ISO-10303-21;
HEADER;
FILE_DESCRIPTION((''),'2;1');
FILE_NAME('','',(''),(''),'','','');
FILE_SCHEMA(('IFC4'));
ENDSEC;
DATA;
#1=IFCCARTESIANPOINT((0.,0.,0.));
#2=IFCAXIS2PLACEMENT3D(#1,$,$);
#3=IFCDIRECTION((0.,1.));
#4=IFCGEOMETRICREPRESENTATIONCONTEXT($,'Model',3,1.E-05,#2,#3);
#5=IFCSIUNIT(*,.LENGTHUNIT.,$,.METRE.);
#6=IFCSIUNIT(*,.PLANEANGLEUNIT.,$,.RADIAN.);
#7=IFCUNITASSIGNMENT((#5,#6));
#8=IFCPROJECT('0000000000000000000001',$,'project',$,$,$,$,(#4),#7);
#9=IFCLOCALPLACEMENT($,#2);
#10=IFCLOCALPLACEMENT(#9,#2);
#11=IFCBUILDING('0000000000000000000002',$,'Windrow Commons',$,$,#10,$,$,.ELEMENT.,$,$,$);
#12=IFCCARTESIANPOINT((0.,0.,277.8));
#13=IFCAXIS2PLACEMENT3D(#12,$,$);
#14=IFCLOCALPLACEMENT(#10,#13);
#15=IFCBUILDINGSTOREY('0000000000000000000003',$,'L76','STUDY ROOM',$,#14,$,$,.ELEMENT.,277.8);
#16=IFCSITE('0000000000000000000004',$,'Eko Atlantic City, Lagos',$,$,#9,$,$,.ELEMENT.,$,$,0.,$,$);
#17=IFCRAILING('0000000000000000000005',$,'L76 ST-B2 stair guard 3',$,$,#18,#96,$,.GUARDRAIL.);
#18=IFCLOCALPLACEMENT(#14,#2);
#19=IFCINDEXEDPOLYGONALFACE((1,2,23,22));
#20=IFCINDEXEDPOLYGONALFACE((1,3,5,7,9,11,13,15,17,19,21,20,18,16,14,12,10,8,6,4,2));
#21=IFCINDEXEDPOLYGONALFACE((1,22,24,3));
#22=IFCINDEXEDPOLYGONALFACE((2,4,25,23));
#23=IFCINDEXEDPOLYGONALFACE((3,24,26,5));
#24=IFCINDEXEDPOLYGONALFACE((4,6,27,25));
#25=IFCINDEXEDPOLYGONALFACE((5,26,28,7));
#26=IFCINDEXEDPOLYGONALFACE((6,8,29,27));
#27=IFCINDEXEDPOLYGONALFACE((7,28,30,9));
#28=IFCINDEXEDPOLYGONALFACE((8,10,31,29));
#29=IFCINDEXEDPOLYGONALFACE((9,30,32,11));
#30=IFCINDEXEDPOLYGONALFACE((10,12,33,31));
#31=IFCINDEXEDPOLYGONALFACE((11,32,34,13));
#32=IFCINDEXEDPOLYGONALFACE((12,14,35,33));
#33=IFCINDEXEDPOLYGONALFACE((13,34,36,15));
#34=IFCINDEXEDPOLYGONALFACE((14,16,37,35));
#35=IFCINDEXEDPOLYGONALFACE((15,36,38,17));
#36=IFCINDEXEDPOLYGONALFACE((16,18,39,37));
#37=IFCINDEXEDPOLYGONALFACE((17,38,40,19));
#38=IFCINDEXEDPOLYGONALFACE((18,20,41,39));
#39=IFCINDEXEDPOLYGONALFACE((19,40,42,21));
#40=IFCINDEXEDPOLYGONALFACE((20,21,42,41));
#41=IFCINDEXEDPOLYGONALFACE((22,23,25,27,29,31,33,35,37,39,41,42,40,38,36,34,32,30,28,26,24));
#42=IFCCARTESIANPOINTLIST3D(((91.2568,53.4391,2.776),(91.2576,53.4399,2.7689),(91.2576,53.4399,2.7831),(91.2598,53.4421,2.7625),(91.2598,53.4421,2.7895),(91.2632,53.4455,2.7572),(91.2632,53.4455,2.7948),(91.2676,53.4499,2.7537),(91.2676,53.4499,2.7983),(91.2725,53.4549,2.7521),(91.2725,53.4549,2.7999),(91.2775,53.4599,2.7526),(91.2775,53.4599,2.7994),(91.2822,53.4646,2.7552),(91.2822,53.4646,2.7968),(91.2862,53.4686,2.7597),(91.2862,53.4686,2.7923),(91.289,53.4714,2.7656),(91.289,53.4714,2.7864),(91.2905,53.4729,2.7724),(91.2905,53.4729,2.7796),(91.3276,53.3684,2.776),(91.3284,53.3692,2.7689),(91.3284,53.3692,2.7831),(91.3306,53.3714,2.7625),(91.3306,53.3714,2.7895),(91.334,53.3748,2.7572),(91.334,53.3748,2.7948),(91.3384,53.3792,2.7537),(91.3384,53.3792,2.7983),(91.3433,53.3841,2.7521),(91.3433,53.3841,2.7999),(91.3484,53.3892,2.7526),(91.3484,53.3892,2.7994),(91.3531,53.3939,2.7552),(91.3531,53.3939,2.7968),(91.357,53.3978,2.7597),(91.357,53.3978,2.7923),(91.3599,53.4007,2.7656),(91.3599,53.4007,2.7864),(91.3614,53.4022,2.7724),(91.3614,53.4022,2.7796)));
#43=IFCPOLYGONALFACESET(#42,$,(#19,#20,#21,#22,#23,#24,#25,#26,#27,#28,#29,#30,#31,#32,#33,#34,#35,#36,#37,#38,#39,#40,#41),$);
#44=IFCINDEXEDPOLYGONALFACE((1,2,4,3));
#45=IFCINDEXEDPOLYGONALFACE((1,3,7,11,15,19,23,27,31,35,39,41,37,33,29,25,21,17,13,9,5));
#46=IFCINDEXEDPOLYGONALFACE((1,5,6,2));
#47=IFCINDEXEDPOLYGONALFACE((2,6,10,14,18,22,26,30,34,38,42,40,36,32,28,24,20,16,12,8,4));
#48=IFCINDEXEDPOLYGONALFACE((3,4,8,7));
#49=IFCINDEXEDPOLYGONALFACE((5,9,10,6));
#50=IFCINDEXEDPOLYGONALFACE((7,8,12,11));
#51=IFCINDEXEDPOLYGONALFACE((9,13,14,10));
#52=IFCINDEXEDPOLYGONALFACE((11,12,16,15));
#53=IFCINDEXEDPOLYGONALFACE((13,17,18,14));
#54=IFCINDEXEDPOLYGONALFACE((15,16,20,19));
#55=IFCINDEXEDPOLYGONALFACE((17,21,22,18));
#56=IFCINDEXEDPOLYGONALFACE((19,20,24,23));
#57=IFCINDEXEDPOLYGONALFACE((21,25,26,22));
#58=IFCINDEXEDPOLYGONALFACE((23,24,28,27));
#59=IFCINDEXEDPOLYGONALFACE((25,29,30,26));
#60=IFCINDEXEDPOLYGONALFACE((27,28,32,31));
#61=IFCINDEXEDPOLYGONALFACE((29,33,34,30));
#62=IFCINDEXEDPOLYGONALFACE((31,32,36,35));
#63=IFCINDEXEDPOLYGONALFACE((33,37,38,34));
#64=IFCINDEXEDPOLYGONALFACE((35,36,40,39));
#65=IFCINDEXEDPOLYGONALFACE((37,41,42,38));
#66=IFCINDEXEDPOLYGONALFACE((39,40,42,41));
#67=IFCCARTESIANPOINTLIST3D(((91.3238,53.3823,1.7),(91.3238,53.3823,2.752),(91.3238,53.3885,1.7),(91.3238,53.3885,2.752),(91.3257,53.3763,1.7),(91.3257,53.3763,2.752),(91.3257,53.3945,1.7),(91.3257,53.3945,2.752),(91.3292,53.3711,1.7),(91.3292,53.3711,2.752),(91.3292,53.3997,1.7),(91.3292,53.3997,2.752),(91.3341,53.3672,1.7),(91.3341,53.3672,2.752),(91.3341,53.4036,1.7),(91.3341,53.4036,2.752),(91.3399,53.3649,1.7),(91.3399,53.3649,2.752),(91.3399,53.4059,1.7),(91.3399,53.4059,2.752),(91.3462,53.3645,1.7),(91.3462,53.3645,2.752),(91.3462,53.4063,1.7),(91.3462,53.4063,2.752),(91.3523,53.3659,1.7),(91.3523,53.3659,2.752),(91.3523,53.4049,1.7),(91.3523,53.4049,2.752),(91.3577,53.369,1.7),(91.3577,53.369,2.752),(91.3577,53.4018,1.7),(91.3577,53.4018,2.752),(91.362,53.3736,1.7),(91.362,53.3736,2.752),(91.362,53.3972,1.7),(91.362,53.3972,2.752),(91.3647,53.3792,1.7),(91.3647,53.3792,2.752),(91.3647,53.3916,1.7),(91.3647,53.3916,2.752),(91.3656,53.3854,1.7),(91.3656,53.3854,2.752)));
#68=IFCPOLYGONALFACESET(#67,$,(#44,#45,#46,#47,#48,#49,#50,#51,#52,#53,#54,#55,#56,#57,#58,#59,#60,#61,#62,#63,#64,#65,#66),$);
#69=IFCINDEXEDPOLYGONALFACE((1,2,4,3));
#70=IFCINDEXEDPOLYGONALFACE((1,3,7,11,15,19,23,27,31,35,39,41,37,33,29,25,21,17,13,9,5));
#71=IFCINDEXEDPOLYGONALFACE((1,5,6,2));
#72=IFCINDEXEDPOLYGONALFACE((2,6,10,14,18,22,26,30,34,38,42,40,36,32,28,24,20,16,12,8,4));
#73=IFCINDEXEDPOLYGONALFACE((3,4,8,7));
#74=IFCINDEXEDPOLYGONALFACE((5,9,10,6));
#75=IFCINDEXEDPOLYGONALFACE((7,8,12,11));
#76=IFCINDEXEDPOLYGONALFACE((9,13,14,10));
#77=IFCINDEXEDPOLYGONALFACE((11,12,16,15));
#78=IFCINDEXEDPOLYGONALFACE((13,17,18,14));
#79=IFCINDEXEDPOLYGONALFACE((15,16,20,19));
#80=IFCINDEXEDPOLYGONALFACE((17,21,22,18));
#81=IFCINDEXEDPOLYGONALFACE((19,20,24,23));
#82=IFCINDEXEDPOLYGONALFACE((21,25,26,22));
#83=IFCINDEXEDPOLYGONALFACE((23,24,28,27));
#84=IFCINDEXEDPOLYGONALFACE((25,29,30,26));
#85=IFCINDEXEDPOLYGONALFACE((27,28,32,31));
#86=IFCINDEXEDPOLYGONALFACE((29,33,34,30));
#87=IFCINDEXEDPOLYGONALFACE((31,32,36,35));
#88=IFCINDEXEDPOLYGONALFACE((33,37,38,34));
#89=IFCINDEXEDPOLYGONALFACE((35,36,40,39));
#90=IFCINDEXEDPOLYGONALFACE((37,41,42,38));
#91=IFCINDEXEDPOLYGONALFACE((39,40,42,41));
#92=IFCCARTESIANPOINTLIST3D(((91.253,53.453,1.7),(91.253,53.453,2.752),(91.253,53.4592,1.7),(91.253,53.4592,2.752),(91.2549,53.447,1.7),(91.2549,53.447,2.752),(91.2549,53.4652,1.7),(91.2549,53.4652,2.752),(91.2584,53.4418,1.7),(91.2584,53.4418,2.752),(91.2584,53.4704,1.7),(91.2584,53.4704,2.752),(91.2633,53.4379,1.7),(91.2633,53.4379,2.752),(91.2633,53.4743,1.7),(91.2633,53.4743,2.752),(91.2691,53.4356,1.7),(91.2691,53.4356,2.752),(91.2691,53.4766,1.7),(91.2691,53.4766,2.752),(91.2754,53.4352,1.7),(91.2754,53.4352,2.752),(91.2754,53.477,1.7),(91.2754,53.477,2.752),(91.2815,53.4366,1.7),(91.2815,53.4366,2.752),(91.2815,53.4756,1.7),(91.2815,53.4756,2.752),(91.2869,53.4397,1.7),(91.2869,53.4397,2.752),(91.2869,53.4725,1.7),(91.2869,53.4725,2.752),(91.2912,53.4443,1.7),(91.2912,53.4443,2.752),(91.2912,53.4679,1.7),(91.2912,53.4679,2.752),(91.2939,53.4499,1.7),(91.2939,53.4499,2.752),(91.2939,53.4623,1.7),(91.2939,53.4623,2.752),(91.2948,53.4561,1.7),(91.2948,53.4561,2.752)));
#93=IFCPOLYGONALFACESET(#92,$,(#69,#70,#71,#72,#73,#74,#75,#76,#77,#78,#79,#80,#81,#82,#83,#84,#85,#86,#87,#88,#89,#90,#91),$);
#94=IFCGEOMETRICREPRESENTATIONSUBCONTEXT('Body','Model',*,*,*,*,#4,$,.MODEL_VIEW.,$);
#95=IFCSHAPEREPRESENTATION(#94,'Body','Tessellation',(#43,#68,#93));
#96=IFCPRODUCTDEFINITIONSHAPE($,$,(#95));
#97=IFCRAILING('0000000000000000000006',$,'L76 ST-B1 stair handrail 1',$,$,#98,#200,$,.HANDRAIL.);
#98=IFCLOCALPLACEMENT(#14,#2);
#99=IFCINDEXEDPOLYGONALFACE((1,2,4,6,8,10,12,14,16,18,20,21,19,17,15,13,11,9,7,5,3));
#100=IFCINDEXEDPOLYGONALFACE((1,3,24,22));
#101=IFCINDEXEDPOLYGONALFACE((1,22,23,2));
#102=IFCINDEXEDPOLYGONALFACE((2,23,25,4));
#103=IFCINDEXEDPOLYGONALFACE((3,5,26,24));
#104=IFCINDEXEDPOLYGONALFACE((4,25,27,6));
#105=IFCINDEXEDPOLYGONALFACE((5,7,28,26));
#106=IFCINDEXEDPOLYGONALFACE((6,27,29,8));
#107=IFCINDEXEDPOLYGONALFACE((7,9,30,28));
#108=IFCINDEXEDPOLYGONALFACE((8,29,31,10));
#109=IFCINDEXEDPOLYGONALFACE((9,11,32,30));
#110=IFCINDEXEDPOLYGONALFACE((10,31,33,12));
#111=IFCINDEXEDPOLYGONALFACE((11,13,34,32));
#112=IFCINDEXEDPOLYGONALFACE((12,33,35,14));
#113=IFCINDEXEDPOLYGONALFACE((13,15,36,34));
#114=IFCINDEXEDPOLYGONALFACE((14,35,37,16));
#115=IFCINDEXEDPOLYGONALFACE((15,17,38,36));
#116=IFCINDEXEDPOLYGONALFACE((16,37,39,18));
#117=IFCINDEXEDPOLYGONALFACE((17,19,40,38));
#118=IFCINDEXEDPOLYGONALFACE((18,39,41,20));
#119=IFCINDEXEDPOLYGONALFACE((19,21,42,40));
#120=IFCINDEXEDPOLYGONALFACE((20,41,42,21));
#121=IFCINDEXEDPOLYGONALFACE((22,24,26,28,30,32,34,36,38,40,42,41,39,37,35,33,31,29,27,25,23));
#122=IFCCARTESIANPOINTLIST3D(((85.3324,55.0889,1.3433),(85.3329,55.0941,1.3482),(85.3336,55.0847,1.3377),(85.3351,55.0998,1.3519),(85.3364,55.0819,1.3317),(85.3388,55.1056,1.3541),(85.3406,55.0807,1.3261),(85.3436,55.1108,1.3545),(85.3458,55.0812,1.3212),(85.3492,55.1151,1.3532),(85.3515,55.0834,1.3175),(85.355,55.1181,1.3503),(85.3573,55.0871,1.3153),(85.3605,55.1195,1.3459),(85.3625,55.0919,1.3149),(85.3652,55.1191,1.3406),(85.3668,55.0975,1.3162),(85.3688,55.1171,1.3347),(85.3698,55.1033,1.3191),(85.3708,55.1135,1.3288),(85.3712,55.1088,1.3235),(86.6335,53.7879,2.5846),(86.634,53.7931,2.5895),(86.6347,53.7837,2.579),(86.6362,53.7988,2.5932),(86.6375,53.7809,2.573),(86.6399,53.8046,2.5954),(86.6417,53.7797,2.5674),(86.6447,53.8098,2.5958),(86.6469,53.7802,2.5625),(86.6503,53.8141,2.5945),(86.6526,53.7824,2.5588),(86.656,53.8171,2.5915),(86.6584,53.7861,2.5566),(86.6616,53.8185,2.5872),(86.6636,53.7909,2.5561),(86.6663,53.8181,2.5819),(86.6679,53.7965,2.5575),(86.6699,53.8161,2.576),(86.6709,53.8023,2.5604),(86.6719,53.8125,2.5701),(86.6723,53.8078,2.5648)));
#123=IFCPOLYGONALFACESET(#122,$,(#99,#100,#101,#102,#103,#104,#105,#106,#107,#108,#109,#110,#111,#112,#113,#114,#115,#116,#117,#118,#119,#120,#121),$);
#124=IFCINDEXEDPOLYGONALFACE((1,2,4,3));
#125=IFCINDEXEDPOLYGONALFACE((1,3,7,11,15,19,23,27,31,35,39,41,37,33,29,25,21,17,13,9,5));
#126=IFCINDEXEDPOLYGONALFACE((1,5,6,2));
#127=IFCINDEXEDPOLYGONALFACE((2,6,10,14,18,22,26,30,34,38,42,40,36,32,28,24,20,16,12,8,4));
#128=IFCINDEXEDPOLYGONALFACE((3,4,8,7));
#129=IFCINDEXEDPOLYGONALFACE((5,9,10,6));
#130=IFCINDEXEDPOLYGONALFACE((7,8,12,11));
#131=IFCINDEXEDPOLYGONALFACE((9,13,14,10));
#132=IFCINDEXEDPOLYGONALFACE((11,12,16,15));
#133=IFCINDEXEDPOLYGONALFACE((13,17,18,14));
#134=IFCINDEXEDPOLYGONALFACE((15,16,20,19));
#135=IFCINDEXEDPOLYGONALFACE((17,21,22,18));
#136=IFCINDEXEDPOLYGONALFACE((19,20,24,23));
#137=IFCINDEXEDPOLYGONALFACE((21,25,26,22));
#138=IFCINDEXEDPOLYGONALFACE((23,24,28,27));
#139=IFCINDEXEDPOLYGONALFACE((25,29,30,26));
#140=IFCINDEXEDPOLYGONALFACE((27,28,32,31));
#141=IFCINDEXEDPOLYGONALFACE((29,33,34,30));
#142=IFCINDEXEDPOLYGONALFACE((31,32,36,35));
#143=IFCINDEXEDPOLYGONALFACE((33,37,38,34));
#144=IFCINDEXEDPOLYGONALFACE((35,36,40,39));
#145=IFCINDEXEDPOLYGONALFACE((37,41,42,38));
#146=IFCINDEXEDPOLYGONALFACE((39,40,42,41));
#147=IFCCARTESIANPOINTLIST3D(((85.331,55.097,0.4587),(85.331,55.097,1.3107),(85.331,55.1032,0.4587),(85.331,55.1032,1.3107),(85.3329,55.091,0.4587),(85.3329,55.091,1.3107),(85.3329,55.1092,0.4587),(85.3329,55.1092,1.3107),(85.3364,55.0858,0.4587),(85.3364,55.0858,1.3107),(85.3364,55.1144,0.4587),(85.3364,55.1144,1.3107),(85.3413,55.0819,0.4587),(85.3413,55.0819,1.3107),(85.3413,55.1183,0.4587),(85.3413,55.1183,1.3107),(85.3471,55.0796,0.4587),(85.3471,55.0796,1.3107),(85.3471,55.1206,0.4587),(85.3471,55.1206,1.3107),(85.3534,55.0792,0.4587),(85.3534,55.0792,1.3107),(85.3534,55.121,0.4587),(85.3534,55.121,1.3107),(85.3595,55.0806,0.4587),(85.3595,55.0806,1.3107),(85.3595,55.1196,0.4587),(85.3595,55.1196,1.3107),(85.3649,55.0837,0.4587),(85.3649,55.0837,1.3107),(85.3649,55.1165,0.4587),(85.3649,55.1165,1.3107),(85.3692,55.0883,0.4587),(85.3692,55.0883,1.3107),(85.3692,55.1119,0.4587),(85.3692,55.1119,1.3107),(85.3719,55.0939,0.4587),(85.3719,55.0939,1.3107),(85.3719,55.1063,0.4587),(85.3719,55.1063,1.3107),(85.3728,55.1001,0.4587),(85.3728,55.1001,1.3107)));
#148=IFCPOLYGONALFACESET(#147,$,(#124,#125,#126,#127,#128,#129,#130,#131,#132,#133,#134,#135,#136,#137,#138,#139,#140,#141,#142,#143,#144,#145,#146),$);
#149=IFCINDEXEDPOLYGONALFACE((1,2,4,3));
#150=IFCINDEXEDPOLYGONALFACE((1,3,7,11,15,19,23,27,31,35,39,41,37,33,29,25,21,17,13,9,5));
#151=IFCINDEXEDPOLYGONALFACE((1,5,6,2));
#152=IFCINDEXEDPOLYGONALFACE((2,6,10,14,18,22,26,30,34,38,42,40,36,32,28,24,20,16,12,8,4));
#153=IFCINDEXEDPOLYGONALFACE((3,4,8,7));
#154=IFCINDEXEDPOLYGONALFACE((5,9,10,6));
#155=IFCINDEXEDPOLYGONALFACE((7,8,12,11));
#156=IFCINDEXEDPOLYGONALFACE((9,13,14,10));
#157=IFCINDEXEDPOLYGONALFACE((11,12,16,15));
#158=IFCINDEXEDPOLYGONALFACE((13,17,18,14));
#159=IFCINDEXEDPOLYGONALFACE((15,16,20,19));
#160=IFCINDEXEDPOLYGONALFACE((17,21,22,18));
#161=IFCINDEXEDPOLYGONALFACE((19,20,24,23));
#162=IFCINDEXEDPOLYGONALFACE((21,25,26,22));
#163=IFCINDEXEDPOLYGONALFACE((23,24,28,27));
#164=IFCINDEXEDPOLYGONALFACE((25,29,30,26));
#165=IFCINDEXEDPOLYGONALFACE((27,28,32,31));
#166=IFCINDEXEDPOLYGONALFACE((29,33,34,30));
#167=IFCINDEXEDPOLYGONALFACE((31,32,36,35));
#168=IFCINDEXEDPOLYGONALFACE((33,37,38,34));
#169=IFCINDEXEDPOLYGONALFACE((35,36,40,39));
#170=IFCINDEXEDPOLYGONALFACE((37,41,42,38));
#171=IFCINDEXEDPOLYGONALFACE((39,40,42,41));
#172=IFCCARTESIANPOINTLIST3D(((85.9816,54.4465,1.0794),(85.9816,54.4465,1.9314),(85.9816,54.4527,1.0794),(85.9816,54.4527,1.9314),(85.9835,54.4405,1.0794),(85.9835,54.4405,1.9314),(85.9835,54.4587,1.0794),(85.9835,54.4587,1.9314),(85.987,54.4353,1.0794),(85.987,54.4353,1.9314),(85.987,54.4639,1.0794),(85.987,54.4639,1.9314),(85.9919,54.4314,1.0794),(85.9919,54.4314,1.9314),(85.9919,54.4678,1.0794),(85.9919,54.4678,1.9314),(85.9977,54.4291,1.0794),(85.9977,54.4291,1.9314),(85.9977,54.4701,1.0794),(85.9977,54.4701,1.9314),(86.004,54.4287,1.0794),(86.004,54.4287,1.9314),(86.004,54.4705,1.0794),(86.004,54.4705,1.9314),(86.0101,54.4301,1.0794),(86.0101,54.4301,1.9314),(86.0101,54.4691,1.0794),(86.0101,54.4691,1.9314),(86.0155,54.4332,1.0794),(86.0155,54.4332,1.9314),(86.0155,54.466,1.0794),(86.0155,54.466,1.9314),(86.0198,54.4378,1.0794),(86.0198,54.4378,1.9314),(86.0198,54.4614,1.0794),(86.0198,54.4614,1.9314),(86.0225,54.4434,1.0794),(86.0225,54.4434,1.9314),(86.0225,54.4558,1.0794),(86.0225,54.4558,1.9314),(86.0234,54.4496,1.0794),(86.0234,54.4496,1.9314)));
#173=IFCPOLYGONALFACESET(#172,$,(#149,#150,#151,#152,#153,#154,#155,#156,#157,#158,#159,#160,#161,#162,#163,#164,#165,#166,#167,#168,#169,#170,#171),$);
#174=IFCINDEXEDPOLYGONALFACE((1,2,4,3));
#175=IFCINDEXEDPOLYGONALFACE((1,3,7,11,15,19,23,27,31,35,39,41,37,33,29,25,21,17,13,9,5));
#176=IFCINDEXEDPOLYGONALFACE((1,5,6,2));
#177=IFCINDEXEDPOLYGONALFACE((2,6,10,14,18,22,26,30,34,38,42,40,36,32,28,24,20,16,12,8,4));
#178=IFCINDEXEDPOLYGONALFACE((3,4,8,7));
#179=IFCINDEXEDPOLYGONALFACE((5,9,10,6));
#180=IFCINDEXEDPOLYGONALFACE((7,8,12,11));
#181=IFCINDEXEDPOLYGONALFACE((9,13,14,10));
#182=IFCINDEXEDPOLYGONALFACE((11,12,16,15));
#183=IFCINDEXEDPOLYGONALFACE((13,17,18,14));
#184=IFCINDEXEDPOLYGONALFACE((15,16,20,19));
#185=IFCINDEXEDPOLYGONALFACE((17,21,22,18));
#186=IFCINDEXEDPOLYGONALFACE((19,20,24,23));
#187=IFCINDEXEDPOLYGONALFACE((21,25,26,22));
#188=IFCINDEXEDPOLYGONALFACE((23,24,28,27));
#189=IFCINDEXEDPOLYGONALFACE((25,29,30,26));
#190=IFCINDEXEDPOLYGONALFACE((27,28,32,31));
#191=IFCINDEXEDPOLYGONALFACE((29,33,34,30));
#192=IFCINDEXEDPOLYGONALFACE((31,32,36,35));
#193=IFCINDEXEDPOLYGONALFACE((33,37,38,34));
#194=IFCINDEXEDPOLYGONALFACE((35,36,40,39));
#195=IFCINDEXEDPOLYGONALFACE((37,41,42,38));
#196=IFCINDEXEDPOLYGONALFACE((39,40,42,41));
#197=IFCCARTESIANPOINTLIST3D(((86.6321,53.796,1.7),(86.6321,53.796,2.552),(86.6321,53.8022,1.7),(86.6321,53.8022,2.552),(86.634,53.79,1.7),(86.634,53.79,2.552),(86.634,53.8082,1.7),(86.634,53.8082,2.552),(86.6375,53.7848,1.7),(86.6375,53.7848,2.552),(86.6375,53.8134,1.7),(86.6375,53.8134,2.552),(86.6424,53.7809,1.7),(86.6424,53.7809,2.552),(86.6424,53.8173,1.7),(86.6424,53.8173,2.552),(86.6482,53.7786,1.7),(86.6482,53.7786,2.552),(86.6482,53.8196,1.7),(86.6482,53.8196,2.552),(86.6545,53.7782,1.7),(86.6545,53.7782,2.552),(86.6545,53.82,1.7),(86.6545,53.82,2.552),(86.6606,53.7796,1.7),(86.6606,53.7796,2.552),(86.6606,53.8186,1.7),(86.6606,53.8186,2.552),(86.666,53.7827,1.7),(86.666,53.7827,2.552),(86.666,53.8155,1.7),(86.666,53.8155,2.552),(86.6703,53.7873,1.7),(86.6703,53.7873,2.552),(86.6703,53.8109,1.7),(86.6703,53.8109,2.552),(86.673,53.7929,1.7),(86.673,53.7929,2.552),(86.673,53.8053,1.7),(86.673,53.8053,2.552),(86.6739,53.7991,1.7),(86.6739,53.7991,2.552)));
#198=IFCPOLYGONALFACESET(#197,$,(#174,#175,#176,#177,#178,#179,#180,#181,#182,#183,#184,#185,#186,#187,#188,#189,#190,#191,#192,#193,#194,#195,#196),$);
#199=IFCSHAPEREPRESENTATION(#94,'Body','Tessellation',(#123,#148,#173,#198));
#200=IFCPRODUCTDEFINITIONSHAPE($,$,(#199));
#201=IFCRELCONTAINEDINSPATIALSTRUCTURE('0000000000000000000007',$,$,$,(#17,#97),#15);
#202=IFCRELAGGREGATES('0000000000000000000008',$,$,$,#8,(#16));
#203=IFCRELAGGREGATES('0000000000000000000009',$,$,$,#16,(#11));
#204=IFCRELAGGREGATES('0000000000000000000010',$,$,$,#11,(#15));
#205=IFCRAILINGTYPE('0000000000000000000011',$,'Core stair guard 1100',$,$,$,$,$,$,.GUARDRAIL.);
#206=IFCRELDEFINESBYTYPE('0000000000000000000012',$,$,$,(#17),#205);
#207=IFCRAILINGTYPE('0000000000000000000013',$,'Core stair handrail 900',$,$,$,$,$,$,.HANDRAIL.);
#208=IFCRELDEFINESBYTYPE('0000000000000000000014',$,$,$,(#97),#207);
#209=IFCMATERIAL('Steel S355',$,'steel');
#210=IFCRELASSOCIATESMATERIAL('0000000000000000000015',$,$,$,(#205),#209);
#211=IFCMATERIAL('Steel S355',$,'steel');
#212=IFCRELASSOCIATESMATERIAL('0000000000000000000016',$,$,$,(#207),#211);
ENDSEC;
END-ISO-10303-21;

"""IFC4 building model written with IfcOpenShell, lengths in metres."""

from ifc_helpers import new_model, si_unit, direction, frame, origin, origin_2d, place, context, subcontext, project, spatial, circle, extrude, material, type_object, element, save


model = new_model("IFC4")

# Units and contexts
model_context = context("Model", 3, precision=1e-05, world=origin(), true_north=direction((0.0, 1.0)))
body_context = subcontext(model_context, "Body", "Model", "MODEL_VIEW")
ifc_project = project(units=[si_unit("LENGTHUNIT", "METRE"), si_unit("PLANEANGLEUNIT", "RADIAN")], contexts=[model_context])

# Site, building, storey
site_placement = place(None, origin())
site = spatial("IfcSite", under=ifc_project, at=site_placement, Name="Eko Atlantic City, Lagos", CompositionType="ELEMENT", RefElevation=0.0)
building_placement = place(site_placement, origin())
building = spatial("IfcBuilding", under=site, at=building_placement, Name="Windrow Commons", CompositionType="ELEMENT")
storey_placement = place(building_placement, frame((0.0, 0.0, 277.8)))
storey = spatial("IfcBuildingStorey", under=building, at=storey_placement, Name="L76", Description="STUDY ROOM", CompositionType="ELEMENT", Elevation=277.8)

# Railings
ifc_material_1 = material(Name="Steel S355", Category="steel")
railing_type_1 = type_object("IfcRailingType", Name="Core stair guard 1100", PredefinedType="GUARDRAIL", material=ifc_material_1)
railing_1_placement = place(storey_placement, frame((91.3446, 53.3854, 1.7)))
element("IfcRailing", 1, at=railing_1_placement, inside=storey, type_object=railing_type_1, Name="L76 ST-B2 stair guard 3", PredefinedType="GUARDRAIL", context=body_context, shape_type="SweptSolid", body=[
    extrude(circle(Radius=0.024, at=origin_2d()), frame((0.0, 0.0, 1.076), z_axis=(-0.707606, 0.706607, 0.0), x_axis=(-0.706607, -0.707606, 0.0)), (0.0, 0.0, 1.0), 0.1001),
    extrude(circle(Radius=0.021, at=origin_2d()), origin(), (0.0, 0.0, 1.0), 1.052),
    extrude(circle(Radius=0.021, at=origin_2d()), frame((-0.0708, 0.0707, 0.0)), (0.0, 0.0, 1.0), 1.052),
])
ifc_material_2 = material(Name="Steel S355", Category="steel")
railing_type_2 = type_object("IfcRailingType", Name="Core stair handrail 900", PredefinedType="HANDRAIL", material=ifc_material_2)
railing_2_placement = place(storey_placement, frame((85.3518, 55.1001, 0.4587)))
element("IfcRailing", 2, at=railing_2_placement, inside=storey, type_object=railing_type_2, Name="L76 ST-B1 stair handrail 1", PredefinedType="HANDRAIL", context=body_context, shape_type="SweptSolid", body=[
    extrude(circle(Radius=0.024, at=origin_2d()), frame((0.0, 0.0, 0.876), z_axis=(0.586207, -0.586162, 0.559264), x_axis=(0.70708, 0.707134, 0.0)), (0.0, 0.0, 1.0), 2.2195),
    extrude(circle(Radius=0.021, at=origin_2d()), origin(), (0.0, 0.0, 1.0), 0.852),
    extrude(circle(Radius=0.021, at=origin_2d()), frame((0.6506, -0.6505, 0.6207)), (0.0, 0.0, 1.0), 0.852),
    extrude(circle(Radius=0.021, at=origin_2d()), frame((1.3011, -1.301, 1.2413)), (0.0, 0.0, 1.0), 0.852),
])

save(model, "model.ifc")
